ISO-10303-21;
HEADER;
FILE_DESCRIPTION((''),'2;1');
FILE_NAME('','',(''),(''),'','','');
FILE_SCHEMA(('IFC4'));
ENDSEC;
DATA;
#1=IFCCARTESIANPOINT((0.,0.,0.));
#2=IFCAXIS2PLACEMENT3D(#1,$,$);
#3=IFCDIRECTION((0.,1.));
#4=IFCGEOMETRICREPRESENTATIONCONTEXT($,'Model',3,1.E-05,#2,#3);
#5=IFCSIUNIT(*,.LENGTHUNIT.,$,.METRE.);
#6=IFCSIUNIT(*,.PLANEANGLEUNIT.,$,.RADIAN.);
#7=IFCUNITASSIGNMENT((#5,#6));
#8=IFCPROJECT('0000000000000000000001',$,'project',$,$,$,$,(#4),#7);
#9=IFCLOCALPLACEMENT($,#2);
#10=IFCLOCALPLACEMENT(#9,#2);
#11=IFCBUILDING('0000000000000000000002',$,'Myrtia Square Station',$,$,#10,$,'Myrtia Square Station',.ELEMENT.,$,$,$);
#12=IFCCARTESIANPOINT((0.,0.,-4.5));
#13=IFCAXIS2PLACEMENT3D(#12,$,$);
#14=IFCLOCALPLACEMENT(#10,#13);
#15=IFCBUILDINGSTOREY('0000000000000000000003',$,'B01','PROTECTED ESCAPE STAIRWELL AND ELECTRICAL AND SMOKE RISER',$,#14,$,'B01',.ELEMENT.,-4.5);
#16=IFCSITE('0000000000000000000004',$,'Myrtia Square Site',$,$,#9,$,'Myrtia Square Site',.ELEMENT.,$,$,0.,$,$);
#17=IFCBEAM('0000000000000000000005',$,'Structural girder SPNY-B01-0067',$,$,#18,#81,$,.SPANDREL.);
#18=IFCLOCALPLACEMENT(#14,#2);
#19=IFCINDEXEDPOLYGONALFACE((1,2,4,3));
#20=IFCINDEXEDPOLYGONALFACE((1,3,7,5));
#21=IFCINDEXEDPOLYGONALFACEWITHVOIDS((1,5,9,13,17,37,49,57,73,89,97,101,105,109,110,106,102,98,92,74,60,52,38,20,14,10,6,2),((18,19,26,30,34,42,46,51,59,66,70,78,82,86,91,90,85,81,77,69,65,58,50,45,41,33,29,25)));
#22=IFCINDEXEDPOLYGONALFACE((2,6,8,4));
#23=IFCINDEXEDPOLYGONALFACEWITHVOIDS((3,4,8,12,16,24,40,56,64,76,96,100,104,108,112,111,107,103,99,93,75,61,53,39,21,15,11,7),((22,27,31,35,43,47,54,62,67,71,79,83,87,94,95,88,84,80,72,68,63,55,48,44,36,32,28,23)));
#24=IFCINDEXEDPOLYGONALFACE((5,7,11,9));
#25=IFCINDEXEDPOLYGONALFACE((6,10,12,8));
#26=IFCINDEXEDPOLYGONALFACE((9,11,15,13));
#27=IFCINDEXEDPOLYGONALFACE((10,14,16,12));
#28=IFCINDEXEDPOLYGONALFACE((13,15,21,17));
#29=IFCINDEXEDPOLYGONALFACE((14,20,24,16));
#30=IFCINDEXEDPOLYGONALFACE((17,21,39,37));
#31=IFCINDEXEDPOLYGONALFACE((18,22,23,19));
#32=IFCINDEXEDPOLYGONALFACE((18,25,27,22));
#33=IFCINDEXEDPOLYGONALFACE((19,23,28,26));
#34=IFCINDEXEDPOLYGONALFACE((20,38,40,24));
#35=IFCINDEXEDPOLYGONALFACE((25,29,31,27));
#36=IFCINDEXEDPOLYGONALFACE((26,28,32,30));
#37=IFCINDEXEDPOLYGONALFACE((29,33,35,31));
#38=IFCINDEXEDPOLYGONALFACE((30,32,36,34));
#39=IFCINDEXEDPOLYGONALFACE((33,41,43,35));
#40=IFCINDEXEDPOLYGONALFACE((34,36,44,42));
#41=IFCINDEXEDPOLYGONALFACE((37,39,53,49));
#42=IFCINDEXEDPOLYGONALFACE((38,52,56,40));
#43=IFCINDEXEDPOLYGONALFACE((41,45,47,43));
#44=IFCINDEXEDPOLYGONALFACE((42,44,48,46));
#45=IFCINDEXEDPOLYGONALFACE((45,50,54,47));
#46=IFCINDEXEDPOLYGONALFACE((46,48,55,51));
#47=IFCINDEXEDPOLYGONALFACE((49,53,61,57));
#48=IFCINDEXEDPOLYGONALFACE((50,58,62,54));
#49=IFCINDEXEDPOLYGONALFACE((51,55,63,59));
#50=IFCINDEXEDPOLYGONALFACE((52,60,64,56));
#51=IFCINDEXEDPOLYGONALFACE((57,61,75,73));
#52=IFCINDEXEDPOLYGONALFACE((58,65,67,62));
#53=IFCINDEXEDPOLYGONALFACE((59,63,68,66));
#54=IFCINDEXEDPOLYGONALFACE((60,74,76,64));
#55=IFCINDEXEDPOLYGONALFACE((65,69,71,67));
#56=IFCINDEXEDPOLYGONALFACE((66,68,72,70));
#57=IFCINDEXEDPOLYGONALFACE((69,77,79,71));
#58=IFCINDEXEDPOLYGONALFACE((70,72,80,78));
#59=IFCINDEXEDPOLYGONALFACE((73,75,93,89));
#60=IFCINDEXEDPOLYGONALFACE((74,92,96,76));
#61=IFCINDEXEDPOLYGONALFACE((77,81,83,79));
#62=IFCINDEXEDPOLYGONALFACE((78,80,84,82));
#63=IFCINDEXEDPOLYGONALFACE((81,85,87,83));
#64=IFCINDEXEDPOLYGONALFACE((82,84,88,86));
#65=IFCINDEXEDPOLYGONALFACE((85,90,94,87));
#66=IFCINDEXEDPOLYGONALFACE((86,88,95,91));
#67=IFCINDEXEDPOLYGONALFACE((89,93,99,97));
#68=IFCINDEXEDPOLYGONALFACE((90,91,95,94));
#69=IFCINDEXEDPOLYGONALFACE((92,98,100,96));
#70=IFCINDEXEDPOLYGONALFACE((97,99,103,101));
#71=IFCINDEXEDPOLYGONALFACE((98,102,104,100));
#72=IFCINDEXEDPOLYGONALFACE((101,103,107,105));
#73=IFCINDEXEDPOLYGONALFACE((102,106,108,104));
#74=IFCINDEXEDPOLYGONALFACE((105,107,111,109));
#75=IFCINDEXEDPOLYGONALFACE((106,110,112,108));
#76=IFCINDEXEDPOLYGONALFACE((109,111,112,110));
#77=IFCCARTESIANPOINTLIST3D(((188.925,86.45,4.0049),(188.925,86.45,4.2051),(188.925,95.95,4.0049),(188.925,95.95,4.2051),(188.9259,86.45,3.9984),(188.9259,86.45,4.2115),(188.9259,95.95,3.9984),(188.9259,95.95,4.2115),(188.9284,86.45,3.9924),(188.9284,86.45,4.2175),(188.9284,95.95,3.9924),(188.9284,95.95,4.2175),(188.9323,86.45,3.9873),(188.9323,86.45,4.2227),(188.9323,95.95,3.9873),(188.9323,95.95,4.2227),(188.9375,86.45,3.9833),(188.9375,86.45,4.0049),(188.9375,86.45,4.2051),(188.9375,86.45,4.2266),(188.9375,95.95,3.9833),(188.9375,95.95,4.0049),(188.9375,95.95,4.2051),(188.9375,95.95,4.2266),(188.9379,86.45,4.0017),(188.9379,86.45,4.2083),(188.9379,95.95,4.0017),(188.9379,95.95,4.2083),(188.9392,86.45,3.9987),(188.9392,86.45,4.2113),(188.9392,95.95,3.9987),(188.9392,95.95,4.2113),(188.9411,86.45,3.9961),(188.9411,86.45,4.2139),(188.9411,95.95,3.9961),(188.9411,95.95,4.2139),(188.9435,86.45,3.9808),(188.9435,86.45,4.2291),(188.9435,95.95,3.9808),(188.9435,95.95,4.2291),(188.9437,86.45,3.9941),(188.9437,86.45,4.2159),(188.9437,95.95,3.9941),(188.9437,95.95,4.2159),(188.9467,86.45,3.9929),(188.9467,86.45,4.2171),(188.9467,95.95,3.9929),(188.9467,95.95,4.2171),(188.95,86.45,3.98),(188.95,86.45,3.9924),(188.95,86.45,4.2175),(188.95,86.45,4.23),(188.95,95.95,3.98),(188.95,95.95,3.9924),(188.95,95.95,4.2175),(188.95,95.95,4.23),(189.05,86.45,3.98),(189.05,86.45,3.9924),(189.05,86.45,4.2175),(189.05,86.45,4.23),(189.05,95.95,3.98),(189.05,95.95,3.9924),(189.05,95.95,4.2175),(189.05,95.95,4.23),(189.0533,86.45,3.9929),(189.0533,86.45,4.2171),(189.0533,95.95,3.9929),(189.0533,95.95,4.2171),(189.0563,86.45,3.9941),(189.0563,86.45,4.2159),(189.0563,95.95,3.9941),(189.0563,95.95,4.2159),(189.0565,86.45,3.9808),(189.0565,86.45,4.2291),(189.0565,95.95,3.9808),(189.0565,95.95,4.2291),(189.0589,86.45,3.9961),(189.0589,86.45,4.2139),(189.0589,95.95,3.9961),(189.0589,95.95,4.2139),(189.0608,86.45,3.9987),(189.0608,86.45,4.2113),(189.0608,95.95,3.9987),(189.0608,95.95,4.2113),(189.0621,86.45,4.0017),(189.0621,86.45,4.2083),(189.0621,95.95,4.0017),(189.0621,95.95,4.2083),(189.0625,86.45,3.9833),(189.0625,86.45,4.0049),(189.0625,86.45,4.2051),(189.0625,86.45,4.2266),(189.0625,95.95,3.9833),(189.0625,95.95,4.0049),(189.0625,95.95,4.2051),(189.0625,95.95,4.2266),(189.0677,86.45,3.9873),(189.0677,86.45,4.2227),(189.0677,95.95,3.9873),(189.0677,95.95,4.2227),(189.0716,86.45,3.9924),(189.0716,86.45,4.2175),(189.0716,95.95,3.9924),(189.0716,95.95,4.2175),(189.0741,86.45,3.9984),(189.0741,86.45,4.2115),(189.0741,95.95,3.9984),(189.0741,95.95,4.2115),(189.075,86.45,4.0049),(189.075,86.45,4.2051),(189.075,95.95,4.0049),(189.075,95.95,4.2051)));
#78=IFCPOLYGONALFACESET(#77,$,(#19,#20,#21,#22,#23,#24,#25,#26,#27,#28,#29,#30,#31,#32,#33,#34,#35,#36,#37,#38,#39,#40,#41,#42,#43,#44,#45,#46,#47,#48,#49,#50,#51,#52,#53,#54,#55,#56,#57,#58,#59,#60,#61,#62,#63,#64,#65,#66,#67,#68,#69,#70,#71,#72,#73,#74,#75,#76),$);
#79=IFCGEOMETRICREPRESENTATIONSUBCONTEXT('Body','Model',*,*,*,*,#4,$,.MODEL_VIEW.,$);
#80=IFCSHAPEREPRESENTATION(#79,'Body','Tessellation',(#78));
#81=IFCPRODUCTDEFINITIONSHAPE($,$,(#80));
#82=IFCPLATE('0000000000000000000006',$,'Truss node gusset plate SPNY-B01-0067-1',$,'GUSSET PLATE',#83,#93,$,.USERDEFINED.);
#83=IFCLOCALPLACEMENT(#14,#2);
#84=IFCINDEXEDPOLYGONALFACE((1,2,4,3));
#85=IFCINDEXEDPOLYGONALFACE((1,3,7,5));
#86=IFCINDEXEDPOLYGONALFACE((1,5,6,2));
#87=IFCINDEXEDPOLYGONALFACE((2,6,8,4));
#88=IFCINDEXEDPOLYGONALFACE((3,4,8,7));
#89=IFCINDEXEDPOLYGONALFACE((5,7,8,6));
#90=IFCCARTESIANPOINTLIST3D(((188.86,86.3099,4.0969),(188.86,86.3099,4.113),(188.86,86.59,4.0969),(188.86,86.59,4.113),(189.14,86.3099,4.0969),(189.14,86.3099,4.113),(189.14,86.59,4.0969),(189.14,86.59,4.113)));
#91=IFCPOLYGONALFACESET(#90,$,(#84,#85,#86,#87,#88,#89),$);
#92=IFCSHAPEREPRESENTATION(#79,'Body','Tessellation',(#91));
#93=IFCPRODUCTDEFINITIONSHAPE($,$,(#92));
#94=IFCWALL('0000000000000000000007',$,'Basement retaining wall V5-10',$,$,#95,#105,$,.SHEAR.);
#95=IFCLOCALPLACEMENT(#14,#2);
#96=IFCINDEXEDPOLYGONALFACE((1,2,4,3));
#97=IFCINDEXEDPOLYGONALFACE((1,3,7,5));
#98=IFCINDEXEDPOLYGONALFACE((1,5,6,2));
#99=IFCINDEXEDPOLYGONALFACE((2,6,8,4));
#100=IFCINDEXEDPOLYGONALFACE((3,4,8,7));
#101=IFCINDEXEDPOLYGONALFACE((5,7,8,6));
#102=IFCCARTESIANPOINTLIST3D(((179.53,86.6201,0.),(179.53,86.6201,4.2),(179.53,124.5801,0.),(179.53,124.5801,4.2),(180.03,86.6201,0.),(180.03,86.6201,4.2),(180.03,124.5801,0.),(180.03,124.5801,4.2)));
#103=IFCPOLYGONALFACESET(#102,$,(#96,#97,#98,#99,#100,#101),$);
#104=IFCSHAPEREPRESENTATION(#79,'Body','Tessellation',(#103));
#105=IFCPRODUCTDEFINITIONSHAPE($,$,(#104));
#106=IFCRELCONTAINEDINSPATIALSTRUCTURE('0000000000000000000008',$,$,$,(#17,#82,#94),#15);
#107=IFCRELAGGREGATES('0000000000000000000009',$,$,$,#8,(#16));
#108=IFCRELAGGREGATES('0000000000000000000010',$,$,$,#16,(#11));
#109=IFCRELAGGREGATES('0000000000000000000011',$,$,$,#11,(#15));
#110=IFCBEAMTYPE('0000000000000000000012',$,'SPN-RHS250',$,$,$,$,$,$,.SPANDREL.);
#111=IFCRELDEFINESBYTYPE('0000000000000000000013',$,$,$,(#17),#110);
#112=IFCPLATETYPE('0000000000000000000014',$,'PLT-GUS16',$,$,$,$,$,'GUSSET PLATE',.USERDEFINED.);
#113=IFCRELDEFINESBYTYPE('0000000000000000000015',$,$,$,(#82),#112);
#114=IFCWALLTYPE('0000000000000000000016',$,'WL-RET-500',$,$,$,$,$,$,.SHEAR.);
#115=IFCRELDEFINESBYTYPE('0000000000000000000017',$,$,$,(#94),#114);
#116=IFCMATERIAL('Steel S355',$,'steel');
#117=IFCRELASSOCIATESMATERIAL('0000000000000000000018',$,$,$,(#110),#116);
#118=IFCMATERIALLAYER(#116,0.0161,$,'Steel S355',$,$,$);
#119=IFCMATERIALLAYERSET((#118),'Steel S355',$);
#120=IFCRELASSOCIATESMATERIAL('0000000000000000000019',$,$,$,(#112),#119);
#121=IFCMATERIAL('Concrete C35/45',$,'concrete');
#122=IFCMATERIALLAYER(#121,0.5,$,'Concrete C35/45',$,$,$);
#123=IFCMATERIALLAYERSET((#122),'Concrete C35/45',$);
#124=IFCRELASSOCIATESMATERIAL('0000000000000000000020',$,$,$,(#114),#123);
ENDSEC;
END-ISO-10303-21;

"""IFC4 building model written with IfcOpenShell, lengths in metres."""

from ifc_helpers import new_model, si_unit, direction, frame, frame_2d, origin, origin_2d, place, context, subcontext, project, spatial, rectangle, hollow_rectangle, extrude, material, layer, layer_set, material_profile, profile_set, type_object, element, save


model = new_model("IFC4")

# Units and contexts
model_context = context("Model", 3, precision=1e-05, world=origin(), true_north=direction((0.0, 1.0)))
body_context = subcontext(model_context, "Body", "Model", "MODEL_VIEW")
ifc_project = project(units=[si_unit("LENGTHUNIT", "METRE"), si_unit("PLANEANGLEUNIT", "RADIAN")], contexts=[model_context])

# Site, building, storey
site_placement = place(None, origin())
site = spatial("IfcSite", under=ifc_project, at=site_placement, Name="Myrtia Square Site", LongName="Myrtia Square Site", CompositionType="ELEMENT", RefElevation=0.0)
building_placement = place(site_placement, origin())
building = spatial("IfcBuilding", under=site, at=building_placement, Name="Myrtia Square Station", LongName="Myrtia Square Station", CompositionType="ELEMENT")
storey_placement = place(building_placement, frame((0.0, 0.0, -4.5)))
storey = spatial("IfcBuildingStorey", under=building, at=storey_placement, Name="B01", Description="PROTECTED ESCAPE STAIRWELL AND ELECTRICAL AND SMOKE RISER", LongName="B01", CompositionType="ELEMENT", Elevation=-4.5)

# Shared definitions
ifc_material_1 = material(Name="Concrete C35/45", Category="concrete")

# Shared definitions
ifc_material_2 = material(Name="Steel S355", Category="steel")

# Beam
ifc_material_profile_1 = material_profile(ifc_material_2, hollow_rectangle(XDim=0.1499, YDim=0.25, WallThickness=0.0125, InnerFilletRadius=0.0125, OuterFilletRadius=0.0249, at=origin_2d()), Name="RHS 250x150x12.5")
ifc_profile_set_1 = profile_set([ifc_material_profile_1], Name="Steel S355")
beam_type_1 = type_object("IfcBeamType", Name="SPN-RHS250", PredefinedType="SPANDREL", material=ifc_profile_set_1)
beam_1_placement = place(storey_placement, frame((189.0, 86.45, 4.105), z_axis=(0.0, 1.0, 0.0), x_axis=(-1.0, 0.0, 0.0)))
element("IfcBeam", 1, at=beam_1_placement, inside=storey, type_object=beam_type_1, Name="Structural girder SPNY-B01-0067", PredefinedType="SPANDREL", context=body_context, shape_type="SweptSolid", body=[
    extrude(hollow_rectangle(XDim=0.1499, YDim=0.25, WallThickness=0.0125, InnerFilletRadius=0.0125, OuterFilletRadius=0.0249, at=origin_2d()), origin(), (0.0, 0.0, 1.0), 9.5),
])

# Plate
ifc_layer_1 = layer(ifc_material_2, 0.0161, Name="Steel S355")
ifc_layer_set_1 = layer_set([ifc_layer_1], Name="Steel S355")
plate_type = type_object("IfcPlateType", Name="PLT-GUS16", ElementType="GUSSET PLATE", PredefinedType="USERDEFINED", material=ifc_layer_set_1)
plate_placement = place(storey_placement, frame((189.0, 86.45, 4.0969), z_axis=(0.0, 0.0, 1.0), x_axis=(0.0, 1.0, 0.0)))
element("IfcPlate", 2, at=plate_placement, inside=storey, type_object=plate_type, Name="Truss node gusset plate SPNY-B01-0067-1", ObjectType="GUSSET PLATE", PredefinedType="USERDEFINED", context=body_context, shape_type="SweptSolid", body=[
    extrude(rectangle(XDim=0.28, YDim=0.28, at=origin_2d()), origin(), (0.0, 0.0, 1.0), 0.0161),
])

# Wall
ifc_layer_2 = layer(ifc_material_1, 0.5, Name="Concrete C35/45")
ifc_layer_set_2 = layer_set([ifc_layer_2], Name="Concrete C35/45")
wall_type = type_object("IfcWallType", Name="WL-RET-500", PredefinedType="SHEAR", material=ifc_layer_set_2)
wall_placement = place(storey_placement, frame((179.78, 86.6201, 0.0), z_axis=(0.0, 0.0, 1.0), x_axis=(0.0, 1.0, 0.0)))
element("IfcWall", 3, at=wall_placement, inside=storey, type_object=wall_type, Name="Basement retaining wall V5-10", PredefinedType="SHEAR", context=body_context, shape_type="SweptSolid", body=[
    extrude(rectangle(XDim=37.96, YDim=0.5, at=frame_2d((18.98, 0.0))), origin(), (0.0, 0.0, 1.0), 4.2),
])

save(model, "model.ifc")
